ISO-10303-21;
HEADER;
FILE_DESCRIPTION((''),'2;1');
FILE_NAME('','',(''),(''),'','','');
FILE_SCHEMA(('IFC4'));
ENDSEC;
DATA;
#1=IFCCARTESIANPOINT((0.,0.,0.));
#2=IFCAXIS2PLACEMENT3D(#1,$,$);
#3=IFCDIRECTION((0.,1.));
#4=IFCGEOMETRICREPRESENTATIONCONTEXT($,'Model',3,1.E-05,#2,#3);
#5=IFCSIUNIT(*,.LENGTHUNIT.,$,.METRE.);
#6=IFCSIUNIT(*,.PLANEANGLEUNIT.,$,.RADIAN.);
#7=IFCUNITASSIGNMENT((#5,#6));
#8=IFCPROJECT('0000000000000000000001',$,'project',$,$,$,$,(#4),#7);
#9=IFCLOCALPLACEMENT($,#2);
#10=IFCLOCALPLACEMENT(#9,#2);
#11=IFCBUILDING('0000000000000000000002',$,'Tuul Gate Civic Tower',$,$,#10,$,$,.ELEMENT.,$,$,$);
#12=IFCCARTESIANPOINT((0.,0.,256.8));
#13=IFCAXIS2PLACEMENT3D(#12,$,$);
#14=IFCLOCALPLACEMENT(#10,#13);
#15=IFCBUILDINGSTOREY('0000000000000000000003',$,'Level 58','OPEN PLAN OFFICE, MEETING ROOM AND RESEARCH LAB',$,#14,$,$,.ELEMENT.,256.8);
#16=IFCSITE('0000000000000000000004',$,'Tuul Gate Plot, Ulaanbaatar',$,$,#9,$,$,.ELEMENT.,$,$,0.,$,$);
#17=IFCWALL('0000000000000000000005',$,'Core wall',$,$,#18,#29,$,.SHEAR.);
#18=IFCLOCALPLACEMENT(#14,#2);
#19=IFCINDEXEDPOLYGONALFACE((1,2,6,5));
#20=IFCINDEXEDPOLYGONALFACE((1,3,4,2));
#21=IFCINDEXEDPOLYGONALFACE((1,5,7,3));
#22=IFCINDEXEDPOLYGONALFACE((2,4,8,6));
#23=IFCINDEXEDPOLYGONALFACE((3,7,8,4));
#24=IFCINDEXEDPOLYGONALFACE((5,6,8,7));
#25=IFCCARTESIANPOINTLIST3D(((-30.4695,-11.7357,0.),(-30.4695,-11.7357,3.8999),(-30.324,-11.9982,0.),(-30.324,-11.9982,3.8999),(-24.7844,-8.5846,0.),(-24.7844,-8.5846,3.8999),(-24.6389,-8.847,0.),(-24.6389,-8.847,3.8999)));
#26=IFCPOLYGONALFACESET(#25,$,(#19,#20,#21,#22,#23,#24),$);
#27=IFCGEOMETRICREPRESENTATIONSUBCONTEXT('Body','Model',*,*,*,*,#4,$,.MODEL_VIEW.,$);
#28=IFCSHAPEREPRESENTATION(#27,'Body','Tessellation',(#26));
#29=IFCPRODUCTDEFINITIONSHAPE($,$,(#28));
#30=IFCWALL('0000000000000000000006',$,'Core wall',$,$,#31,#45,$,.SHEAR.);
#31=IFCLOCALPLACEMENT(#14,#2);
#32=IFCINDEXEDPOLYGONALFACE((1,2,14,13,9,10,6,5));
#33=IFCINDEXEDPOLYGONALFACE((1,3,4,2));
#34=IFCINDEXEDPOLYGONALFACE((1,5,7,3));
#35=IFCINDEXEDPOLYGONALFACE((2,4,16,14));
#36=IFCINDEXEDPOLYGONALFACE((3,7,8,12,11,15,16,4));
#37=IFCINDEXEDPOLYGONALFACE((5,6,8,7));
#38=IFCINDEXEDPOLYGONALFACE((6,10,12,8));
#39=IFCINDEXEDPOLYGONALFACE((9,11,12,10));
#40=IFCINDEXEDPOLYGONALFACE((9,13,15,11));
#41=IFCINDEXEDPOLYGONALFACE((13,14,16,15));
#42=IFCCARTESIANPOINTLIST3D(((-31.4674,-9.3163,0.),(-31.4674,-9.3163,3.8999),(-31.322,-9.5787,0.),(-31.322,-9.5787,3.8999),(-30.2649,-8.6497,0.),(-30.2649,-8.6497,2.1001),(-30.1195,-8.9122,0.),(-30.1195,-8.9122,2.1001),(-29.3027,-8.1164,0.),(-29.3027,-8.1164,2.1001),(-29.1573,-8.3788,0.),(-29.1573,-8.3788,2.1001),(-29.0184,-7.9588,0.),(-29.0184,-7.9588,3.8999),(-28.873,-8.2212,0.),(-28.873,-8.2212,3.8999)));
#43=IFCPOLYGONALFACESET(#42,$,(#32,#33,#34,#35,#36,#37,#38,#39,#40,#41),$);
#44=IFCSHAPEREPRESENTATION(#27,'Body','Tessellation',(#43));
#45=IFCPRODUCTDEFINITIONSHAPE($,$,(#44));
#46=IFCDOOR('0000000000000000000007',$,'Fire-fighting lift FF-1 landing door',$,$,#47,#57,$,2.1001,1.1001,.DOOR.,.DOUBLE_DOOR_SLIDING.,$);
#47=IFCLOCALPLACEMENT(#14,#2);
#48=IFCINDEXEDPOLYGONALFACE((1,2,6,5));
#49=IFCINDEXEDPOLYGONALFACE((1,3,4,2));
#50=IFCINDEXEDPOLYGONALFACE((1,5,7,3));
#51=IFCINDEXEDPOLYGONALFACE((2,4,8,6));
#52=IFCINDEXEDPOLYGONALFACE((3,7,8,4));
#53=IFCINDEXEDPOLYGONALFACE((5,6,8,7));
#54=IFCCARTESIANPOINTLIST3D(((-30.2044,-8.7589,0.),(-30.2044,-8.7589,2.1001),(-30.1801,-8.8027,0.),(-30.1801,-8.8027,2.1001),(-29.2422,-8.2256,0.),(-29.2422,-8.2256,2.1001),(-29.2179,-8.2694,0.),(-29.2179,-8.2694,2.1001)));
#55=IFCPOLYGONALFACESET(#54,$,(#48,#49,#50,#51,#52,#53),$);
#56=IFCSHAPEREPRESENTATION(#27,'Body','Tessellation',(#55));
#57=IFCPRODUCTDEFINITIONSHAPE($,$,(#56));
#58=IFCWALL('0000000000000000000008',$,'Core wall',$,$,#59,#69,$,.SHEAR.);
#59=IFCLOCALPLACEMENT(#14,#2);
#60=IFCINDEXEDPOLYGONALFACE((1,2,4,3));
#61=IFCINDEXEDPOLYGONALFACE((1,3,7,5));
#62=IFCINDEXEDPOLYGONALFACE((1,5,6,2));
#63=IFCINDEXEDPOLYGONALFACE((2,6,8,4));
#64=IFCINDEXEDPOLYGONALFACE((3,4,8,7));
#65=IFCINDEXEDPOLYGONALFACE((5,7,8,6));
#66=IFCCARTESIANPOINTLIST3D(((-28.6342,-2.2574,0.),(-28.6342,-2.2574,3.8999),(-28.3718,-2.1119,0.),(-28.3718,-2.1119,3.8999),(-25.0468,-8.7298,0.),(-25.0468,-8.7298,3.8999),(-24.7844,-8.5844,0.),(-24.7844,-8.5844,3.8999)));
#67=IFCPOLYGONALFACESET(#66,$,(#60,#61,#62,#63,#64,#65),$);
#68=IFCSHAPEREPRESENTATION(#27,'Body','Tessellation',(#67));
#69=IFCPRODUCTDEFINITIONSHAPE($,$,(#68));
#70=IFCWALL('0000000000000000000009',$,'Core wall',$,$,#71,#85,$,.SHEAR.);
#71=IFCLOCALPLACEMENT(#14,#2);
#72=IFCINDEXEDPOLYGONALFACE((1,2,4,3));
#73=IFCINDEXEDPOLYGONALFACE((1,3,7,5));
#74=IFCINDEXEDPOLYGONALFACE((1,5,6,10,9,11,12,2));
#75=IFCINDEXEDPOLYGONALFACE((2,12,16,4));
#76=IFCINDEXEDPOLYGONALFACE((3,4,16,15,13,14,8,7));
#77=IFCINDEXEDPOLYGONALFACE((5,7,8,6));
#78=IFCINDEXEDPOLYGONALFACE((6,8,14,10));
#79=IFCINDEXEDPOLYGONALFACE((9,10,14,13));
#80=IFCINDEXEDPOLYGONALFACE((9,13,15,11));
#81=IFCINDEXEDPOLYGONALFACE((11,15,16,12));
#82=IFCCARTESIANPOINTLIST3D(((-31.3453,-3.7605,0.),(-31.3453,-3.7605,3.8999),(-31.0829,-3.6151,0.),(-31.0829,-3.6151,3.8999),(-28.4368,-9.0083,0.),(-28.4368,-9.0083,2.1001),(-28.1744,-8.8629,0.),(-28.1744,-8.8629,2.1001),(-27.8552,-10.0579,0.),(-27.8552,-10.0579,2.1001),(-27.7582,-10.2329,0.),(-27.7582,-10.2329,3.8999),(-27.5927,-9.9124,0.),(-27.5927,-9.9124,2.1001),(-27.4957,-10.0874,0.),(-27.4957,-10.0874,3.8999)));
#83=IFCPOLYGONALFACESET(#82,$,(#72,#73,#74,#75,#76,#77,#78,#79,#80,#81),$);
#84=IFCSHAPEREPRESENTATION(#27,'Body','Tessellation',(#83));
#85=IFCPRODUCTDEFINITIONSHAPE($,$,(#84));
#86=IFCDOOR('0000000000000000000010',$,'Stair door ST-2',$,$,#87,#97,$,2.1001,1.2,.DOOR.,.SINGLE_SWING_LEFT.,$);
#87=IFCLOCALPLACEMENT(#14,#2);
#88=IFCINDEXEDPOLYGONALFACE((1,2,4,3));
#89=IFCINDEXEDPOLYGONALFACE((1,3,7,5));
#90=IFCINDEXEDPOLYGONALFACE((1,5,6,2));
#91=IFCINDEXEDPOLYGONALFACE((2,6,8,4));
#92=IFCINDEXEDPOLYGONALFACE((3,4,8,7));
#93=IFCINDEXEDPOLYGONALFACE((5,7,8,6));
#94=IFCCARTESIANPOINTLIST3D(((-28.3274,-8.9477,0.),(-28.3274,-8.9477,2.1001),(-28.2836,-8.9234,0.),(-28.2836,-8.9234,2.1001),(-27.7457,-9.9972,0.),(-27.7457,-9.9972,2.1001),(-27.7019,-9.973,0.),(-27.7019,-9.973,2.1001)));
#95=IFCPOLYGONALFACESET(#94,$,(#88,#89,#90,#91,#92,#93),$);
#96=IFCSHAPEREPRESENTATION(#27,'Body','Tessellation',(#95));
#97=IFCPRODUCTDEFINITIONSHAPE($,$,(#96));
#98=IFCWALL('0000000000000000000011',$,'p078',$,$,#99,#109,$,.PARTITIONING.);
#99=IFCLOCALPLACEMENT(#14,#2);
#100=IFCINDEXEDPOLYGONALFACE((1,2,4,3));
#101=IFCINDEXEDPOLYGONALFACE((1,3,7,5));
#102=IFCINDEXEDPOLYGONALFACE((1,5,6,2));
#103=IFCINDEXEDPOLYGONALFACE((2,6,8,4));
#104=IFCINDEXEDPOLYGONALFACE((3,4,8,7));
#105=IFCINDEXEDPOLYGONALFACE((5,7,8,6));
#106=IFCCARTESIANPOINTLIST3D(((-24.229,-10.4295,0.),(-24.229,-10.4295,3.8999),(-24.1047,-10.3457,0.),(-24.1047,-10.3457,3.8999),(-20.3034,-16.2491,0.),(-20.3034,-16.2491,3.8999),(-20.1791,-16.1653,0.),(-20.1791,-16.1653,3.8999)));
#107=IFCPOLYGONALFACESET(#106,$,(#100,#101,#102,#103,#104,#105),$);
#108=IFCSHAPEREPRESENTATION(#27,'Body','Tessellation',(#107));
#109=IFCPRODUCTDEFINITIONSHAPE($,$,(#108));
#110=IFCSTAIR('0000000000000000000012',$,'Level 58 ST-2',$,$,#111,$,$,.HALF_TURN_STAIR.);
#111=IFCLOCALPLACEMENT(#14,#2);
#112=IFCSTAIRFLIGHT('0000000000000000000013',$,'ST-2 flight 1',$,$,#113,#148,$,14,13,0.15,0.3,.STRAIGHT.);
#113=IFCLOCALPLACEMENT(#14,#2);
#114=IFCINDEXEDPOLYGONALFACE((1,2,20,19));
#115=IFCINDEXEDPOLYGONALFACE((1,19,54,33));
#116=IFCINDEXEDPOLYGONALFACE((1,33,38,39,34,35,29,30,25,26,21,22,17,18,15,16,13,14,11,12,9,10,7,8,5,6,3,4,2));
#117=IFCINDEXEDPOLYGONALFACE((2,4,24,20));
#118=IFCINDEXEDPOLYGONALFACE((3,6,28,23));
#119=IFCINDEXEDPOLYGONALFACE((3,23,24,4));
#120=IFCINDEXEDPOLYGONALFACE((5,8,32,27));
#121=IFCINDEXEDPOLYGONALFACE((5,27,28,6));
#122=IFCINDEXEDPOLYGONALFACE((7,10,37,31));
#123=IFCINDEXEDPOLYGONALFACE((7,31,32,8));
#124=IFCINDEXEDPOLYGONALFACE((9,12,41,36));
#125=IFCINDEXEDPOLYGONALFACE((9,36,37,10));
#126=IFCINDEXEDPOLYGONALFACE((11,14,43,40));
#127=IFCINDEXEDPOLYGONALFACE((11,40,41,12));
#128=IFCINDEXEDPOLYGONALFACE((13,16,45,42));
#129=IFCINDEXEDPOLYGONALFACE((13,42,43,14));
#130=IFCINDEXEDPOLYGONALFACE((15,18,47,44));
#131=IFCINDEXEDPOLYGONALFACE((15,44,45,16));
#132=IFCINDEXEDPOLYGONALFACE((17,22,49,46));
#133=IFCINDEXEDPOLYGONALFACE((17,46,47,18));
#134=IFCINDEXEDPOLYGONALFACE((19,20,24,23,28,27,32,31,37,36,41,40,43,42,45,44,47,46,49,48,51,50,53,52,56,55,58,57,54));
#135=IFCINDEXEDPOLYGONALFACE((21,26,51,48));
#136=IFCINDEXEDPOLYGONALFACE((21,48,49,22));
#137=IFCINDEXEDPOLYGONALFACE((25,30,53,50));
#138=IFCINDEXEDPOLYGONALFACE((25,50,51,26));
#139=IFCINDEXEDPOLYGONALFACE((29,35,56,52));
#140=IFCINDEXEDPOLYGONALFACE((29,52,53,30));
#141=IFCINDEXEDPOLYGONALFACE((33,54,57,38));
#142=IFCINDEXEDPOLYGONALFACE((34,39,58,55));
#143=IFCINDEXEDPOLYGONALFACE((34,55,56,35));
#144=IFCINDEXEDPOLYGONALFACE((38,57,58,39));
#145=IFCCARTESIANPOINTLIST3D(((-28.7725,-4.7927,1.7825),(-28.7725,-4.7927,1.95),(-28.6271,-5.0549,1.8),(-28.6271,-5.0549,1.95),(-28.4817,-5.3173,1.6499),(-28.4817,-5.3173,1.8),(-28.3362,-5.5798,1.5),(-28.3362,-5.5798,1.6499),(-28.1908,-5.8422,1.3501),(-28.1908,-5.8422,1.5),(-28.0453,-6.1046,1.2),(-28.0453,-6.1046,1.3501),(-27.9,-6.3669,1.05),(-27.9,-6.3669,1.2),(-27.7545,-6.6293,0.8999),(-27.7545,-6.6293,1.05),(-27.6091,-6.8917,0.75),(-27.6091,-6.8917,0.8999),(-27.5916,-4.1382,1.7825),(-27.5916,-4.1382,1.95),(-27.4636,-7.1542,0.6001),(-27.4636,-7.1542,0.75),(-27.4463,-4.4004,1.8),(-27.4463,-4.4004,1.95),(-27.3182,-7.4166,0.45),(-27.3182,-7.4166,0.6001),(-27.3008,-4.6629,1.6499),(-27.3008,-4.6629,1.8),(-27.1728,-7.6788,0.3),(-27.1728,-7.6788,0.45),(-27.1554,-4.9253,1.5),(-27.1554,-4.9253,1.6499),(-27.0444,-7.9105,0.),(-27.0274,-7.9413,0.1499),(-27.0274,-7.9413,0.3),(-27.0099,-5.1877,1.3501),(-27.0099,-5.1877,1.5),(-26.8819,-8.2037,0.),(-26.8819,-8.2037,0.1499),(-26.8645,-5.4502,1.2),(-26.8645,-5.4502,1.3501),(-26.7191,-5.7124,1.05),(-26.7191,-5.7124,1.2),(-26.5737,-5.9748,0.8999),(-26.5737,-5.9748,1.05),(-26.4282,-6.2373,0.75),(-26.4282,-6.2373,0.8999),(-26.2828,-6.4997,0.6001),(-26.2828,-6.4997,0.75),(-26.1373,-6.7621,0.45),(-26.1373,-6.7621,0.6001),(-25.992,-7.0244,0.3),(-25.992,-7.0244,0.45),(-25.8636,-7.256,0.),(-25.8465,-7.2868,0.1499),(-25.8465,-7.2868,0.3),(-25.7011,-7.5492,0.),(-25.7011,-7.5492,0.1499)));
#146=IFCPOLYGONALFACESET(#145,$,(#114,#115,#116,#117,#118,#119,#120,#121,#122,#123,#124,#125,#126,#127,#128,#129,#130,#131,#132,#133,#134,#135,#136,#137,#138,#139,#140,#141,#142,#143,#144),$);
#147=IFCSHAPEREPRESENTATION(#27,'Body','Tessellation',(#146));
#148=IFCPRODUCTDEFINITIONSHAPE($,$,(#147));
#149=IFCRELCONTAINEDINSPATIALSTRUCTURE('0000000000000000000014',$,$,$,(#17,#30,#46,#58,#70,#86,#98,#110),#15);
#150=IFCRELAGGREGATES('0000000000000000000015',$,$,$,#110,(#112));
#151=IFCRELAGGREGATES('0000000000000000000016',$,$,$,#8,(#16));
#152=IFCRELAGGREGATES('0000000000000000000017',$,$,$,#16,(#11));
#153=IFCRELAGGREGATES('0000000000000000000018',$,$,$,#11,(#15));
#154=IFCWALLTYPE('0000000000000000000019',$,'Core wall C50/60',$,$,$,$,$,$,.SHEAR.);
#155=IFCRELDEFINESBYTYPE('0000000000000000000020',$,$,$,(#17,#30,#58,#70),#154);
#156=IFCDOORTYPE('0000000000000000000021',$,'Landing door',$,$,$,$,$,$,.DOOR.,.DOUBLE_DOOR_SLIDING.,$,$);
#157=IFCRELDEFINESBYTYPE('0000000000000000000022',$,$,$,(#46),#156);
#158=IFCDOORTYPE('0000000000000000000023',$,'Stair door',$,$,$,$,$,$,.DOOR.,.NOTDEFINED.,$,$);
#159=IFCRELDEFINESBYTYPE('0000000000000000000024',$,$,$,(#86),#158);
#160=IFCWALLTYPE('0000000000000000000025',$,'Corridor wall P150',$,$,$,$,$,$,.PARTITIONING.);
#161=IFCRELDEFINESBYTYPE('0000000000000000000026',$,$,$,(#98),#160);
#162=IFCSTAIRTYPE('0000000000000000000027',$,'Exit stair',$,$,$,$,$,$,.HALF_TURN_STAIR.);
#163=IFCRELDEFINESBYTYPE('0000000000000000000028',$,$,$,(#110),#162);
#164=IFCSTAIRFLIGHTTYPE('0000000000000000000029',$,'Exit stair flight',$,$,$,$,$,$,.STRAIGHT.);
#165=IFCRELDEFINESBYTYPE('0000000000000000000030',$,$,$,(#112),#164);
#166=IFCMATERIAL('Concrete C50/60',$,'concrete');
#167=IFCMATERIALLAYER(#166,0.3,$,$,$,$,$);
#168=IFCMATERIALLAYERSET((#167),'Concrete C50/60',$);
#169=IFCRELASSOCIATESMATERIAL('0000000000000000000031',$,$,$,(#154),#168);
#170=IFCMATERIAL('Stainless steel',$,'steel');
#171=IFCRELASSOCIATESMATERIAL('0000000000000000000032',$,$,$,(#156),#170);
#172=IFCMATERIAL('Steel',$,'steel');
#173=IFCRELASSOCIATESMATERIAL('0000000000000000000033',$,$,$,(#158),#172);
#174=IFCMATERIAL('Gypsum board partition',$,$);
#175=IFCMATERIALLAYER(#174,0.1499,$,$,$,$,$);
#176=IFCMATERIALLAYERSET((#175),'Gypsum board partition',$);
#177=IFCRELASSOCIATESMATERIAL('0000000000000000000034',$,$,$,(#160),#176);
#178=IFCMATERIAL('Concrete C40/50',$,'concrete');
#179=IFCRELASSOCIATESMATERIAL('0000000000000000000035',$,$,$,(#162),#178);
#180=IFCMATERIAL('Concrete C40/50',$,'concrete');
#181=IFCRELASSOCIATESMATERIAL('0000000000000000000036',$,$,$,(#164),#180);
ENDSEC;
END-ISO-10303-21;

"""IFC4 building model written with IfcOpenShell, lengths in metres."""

from ifc_helpers import new_model, si_unit, direction, frame, frame_2d, origin, place, context, subcontext, project, spatial, polyline, rectangle, outline, extrude, material, layer, layer_set, type_object, element, fill, aggregate, save


model = new_model("IFC4")

# Units and contexts
model_context = context("Model", 3, precision=1e-05, world=origin(), true_north=direction((0.0, 1.0)))
body_context = subcontext(model_context, "Body", "Model", "MODEL_VIEW")
ifc_project = project(units=[si_unit("LENGTHUNIT", "METRE"), si_unit("PLANEANGLEUNIT", "RADIAN")], contexts=[model_context])

# Site, building, storey
site_placement = place(None, origin())
site = spatial("IfcSite", under=ifc_project, at=site_placement, Name="Tuul Gate Plot, Ulaanbaatar", CompositionType="ELEMENT", RefElevation=0.0)
building_placement = place(site_placement, origin())
building = spatial("IfcBuilding", under=site, at=building_placement, Name="Tuul Gate Civic Tower", CompositionType="ELEMENT")
storey_placement = place(building_placement, frame((0.0, 0.0, 256.8)))
storey = spatial("IfcBuildingStorey", under=building, at=storey_placement, Name="Level 58", Description="OPEN PLAN OFFICE, MEETING ROOM AND RESEARCH LAB", CompositionType="ELEMENT", Elevation=256.8)

# Wall
ifc_material_1 = material(Name="Concrete C50/60", Category="concrete")
ifc_layer_1 = layer(ifc_material_1, 0.3)
ifc_layer_set_1 = layer_set([ifc_layer_1], Name="Concrete C50/60")
wall_type_1 = type_object("IfcWallType", Name="Core wall C50/60", PredefinedType="SHEAR", material=ifc_layer_set_1)
wall_1_placement = place(storey_placement, frame((-24.7117, -8.7158, 0.0), z_axis=(0.0, 0.0, 1.0), x_axis=(-0.87463, -0.484791, 0.0)))
element("IfcWall", 1, at=wall_1_placement, inside=storey, type_object=wall_type_1, Name="Core wall", PredefinedType="SHEAR", context=body_context, shape_type="SweptSolid", body=[
    extrude(rectangle(XDim=6.5, YDim=0.3, at=frame_2d((3.25, 0.0))), origin(), (0.0, 0.0, 1.0), 3.8999),
])

# Wall, opening, door
wall_2_placement = place(storey_placement, frame((-28.9458, -8.0901, 0.0), z_axis=(0.0, 0.0, 1.0), x_axis=(-0.87463, -0.484791, 0.0)))
wall_2 = element("IfcWall", 2, at=wall_2_placement, inside=storey, type_object=wall_type_1, Name="Core wall", PredefinedType="SHEAR", context=body_context, shape_type="SweptSolid", body=[
    extrude(rectangle(XDim=2.8, YDim=0.3, at=frame_2d((1.3999, 0.0))), origin(), (0.0, 0.0, 1.0), 3.8999),
])
opening_1_placement = place(wall_2_placement, frame((0.325, 0.0, 0.0)))
opening_1 = element("IfcOpeningElement", 3, at=opening_1_placement, cuts=wall_2, PredefinedType="OPENING", context=body_context, shape_type="SweptSolid", body=[
    extrude(rectangle(XDim=1.1001, YDim=2.1001, at=frame_2d((0.55, 1.05))), frame((0.0, 0.1602, 0.0), z_axis=(0.0, -1.0, 0.0), x_axis=(1.0, 0.0, 0.0)), (0.0, 0.0, 1.0), 0.3201),
])
ifc_material_2 = material(Name="Stainless steel", Category="steel")
door_type_1 = type_object("IfcDoorType", Name="Landing door", OperationType="DOUBLE_DOOR_SLIDING", PredefinedType="DOOR", material=ifc_material_2)
door_1_placement = place(opening_1_placement, origin())
door_1 = element("IfcDoor", 4, at=door_1_placement, inside=storey, type_object=door_type_1, Name="Fire-fighting lift FF-1 landing door", OperationType="DOUBLE_DOOR_SLIDING", OverallHeight=2.1001, OverallWidth=1.1001, PredefinedType="DOOR", context=body_context, shape_type="SweptSolid", body=[
    extrude(rectangle(XDim=1.1001, YDim=2.1001, at=frame_2d((0.55, 1.05))), frame((0.0, 0.0249, 0.0), z_axis=(0.0, -1.0, 0.0), x_axis=(1.0, 0.0, 0.0)), (0.0, 0.0, 1.0), 0.05),
])
fill(opening_1, door_1)

# Wall
wall_3_placement = place(storey_placement, frame((-24.9155, -8.6572, 0.0), z_axis=(0.0, 0.0, 1.0), x_axis=(-0.484777, 0.874638, 0.0)))
element("IfcWall", 5, at=wall_3_placement, inside=storey, type_object=wall_type_1, Name="Core wall", PredefinedType="SHEAR", context=body_context, shape_type="SweptSolid", body=[
    extrude(rectangle(XDim=7.4001, YDim=0.3, at=frame_2d((3.7002, 0.0))), origin(), (0.0, 0.0, 1.0), 3.8999),
])

# Wall, opening, door
wall_4_placement = place(storey_placement, frame((-27.627, -10.1602, 0.0), z_axis=(0.0, 0.0, 1.0), x_axis=(-0.484752, 0.874652, 0.0)))
wall_4 = element("IfcWall", 6, at=wall_4_placement, inside=storey, type_object=wall_type_1, Name="Core wall", PredefinedType="SHEAR", context=body_context, shape_type="SweptSolid", body=[
    extrude(rectangle(XDim=7.3999, YDim=0.3, at=frame_2d((3.7, 0.0))), origin(), (0.0, 0.0, 1.0), 3.8999),
])
opening_2_placement = place(wall_4_placement, frame((0.2, 0.0, 0.0)))
opening_2 = element("IfcOpeningElement", 7, at=opening_2_placement, cuts=wall_4, PredefinedType="OPENING", context=body_context, shape_type="SweptSolid", body=[
    extrude(rectangle(XDim=1.2, YDim=2.1001, at=frame_2d((0.6001, 1.05))), frame((0.0, 0.1602, 0.0), z_axis=(0.0, -1.0, 0.0), x_axis=(1.0, 0.0, 0.0)), (0.0, 0.0, 1.0), 0.3201),
])
ifc_material_3 = material(Name="Steel", Category="steel")
door_type_2 = type_object("IfcDoorType", Name="Stair door", OperationType="NOTDEFINED", PredefinedType="DOOR", material=ifc_material_3)
door_2_placement = place(opening_2_placement, origin())
door_2 = element("IfcDoor", 8, at=door_2_placement, inside=storey, type_object=door_type_2, Name="Stair door ST-2", OperationType="SINGLE_SWING_LEFT", OverallHeight=2.1001, OverallWidth=1.2, PredefinedType="DOOR", context=body_context, shape_type="SweptSolid", body=[
    extrude(rectangle(XDim=1.2, YDim=2.1001, at=frame_2d((0.6001, 1.05))), frame((0.0, 0.0249, 0.0), z_axis=(0.0, -1.0, 0.0), x_axis=(1.0, 0.0, 0.0)), (0.0, 0.0, 1.0), 0.05),
])
fill(opening_2, door_2)

# Wall
ifc_material_4 = material(Name="Gypsum board partition")
ifc_layer_2 = layer(ifc_material_4, 0.1499)
ifc_layer_set_2 = layer_set([ifc_layer_2], Name="Gypsum board partition")
wall_type_2 = type_object("IfcWallType", Name="Corridor wall P150", PredefinedType="PARTITIONING", material=ifc_layer_set_2)
wall_5_placement = place(storey_placement, frame((-24.1667, -10.3877, 0.0), z_axis=(0.0, 0.0, 1.0), x_axis=(0.559211, -0.829026, 0.0)))
element("IfcWall", 9, at=wall_5_placement, inside=storey, type_object=wall_type_2, Name="p078", PredefinedType="PARTITIONING", context=body_context, shape_type="SweptSolid", body=[
    extrude(rectangle(XDim=7.0198, YDim=0.1499, at=frame_2d((3.5098, 0.0))), origin(), (0.0, 0.0, 1.0), 3.8999),
])

# Stair, stair flight
ifc_material_5 = material(Name="Concrete C40/50", Category="concrete")
stair_type = type_object("IfcStairType", Name="Exit stair", PredefinedType="HALF_TURN_STAIR", material=ifc_material_5)
stair_placement = place(storey_placement, origin())
stair = element("IfcStair", 10, at=stair_placement, inside=storey, type_object=stair_type, Name="Level 58 ST-2", PredefinedType="HALF_TURN_STAIR")
ifc_material_6 = material(Name="Concrete C40/50", Category="concrete")
stair_flight_type = type_object("IfcStairFlightType", Name="Exit stair flight", PredefinedType="STRAIGHT", material=ifc_material_6)
stair_flight_1_placement = place(storey_placement, frame((-26.2915, -7.8765, 0.0), z_axis=(0.0, 0.0, 1.0), x_axis=(-0.484762, 0.874646, 0.0)))
stair_flight_1 = element("IfcStairFlight", 11, at=stair_flight_1_placement, type_object=stair_flight_type, Name="ST-2 flight 1", NumberOfRisers=14, NumberOfTreads=13, PredefinedType="STRAIGHT", RiserHeight=0.15, TreadLength=0.3, context=body_context, shape_type="SweptSolid", body=[
    extrude(outline(polyline([(0.0, 0.0), (0.0, 0.1499), (0.3, 0.1499), (0.3, 0.3), (0.6001, 0.3), (0.6001, 0.45), (0.8999, 0.45), (0.8999, 0.6001), (1.2, 0.6001), (1.2, 0.75), (1.5, 0.75), (1.5, 0.8999), (1.8, 0.8999), (1.8, 1.05), (2.1001, 1.05), (2.1001, 1.2), (2.3999, 1.2), (2.3999, 1.3501), (2.7, 1.3501), (2.7, 1.5), (3.0, 1.5), (3.0, 1.6499), (3.3, 1.6499), (3.3, 1.8), (3.6001, 1.8), (3.6001, 1.95), (3.8999, 1.95), (3.8999, 2.1001), (3.8999, 1.7825), (0.3352, 0.0), (0.0, 0.0)])), frame((0.0, 0.675, 0.0), z_axis=(0.0, -1.0, 0.0), x_axis=(1.0, 0.0, 0.0)), (0.0, 0.0, 1.0), 1.3501),
])
aggregate(stair, [stair_flight_1])

save(model, "model.ifc")
